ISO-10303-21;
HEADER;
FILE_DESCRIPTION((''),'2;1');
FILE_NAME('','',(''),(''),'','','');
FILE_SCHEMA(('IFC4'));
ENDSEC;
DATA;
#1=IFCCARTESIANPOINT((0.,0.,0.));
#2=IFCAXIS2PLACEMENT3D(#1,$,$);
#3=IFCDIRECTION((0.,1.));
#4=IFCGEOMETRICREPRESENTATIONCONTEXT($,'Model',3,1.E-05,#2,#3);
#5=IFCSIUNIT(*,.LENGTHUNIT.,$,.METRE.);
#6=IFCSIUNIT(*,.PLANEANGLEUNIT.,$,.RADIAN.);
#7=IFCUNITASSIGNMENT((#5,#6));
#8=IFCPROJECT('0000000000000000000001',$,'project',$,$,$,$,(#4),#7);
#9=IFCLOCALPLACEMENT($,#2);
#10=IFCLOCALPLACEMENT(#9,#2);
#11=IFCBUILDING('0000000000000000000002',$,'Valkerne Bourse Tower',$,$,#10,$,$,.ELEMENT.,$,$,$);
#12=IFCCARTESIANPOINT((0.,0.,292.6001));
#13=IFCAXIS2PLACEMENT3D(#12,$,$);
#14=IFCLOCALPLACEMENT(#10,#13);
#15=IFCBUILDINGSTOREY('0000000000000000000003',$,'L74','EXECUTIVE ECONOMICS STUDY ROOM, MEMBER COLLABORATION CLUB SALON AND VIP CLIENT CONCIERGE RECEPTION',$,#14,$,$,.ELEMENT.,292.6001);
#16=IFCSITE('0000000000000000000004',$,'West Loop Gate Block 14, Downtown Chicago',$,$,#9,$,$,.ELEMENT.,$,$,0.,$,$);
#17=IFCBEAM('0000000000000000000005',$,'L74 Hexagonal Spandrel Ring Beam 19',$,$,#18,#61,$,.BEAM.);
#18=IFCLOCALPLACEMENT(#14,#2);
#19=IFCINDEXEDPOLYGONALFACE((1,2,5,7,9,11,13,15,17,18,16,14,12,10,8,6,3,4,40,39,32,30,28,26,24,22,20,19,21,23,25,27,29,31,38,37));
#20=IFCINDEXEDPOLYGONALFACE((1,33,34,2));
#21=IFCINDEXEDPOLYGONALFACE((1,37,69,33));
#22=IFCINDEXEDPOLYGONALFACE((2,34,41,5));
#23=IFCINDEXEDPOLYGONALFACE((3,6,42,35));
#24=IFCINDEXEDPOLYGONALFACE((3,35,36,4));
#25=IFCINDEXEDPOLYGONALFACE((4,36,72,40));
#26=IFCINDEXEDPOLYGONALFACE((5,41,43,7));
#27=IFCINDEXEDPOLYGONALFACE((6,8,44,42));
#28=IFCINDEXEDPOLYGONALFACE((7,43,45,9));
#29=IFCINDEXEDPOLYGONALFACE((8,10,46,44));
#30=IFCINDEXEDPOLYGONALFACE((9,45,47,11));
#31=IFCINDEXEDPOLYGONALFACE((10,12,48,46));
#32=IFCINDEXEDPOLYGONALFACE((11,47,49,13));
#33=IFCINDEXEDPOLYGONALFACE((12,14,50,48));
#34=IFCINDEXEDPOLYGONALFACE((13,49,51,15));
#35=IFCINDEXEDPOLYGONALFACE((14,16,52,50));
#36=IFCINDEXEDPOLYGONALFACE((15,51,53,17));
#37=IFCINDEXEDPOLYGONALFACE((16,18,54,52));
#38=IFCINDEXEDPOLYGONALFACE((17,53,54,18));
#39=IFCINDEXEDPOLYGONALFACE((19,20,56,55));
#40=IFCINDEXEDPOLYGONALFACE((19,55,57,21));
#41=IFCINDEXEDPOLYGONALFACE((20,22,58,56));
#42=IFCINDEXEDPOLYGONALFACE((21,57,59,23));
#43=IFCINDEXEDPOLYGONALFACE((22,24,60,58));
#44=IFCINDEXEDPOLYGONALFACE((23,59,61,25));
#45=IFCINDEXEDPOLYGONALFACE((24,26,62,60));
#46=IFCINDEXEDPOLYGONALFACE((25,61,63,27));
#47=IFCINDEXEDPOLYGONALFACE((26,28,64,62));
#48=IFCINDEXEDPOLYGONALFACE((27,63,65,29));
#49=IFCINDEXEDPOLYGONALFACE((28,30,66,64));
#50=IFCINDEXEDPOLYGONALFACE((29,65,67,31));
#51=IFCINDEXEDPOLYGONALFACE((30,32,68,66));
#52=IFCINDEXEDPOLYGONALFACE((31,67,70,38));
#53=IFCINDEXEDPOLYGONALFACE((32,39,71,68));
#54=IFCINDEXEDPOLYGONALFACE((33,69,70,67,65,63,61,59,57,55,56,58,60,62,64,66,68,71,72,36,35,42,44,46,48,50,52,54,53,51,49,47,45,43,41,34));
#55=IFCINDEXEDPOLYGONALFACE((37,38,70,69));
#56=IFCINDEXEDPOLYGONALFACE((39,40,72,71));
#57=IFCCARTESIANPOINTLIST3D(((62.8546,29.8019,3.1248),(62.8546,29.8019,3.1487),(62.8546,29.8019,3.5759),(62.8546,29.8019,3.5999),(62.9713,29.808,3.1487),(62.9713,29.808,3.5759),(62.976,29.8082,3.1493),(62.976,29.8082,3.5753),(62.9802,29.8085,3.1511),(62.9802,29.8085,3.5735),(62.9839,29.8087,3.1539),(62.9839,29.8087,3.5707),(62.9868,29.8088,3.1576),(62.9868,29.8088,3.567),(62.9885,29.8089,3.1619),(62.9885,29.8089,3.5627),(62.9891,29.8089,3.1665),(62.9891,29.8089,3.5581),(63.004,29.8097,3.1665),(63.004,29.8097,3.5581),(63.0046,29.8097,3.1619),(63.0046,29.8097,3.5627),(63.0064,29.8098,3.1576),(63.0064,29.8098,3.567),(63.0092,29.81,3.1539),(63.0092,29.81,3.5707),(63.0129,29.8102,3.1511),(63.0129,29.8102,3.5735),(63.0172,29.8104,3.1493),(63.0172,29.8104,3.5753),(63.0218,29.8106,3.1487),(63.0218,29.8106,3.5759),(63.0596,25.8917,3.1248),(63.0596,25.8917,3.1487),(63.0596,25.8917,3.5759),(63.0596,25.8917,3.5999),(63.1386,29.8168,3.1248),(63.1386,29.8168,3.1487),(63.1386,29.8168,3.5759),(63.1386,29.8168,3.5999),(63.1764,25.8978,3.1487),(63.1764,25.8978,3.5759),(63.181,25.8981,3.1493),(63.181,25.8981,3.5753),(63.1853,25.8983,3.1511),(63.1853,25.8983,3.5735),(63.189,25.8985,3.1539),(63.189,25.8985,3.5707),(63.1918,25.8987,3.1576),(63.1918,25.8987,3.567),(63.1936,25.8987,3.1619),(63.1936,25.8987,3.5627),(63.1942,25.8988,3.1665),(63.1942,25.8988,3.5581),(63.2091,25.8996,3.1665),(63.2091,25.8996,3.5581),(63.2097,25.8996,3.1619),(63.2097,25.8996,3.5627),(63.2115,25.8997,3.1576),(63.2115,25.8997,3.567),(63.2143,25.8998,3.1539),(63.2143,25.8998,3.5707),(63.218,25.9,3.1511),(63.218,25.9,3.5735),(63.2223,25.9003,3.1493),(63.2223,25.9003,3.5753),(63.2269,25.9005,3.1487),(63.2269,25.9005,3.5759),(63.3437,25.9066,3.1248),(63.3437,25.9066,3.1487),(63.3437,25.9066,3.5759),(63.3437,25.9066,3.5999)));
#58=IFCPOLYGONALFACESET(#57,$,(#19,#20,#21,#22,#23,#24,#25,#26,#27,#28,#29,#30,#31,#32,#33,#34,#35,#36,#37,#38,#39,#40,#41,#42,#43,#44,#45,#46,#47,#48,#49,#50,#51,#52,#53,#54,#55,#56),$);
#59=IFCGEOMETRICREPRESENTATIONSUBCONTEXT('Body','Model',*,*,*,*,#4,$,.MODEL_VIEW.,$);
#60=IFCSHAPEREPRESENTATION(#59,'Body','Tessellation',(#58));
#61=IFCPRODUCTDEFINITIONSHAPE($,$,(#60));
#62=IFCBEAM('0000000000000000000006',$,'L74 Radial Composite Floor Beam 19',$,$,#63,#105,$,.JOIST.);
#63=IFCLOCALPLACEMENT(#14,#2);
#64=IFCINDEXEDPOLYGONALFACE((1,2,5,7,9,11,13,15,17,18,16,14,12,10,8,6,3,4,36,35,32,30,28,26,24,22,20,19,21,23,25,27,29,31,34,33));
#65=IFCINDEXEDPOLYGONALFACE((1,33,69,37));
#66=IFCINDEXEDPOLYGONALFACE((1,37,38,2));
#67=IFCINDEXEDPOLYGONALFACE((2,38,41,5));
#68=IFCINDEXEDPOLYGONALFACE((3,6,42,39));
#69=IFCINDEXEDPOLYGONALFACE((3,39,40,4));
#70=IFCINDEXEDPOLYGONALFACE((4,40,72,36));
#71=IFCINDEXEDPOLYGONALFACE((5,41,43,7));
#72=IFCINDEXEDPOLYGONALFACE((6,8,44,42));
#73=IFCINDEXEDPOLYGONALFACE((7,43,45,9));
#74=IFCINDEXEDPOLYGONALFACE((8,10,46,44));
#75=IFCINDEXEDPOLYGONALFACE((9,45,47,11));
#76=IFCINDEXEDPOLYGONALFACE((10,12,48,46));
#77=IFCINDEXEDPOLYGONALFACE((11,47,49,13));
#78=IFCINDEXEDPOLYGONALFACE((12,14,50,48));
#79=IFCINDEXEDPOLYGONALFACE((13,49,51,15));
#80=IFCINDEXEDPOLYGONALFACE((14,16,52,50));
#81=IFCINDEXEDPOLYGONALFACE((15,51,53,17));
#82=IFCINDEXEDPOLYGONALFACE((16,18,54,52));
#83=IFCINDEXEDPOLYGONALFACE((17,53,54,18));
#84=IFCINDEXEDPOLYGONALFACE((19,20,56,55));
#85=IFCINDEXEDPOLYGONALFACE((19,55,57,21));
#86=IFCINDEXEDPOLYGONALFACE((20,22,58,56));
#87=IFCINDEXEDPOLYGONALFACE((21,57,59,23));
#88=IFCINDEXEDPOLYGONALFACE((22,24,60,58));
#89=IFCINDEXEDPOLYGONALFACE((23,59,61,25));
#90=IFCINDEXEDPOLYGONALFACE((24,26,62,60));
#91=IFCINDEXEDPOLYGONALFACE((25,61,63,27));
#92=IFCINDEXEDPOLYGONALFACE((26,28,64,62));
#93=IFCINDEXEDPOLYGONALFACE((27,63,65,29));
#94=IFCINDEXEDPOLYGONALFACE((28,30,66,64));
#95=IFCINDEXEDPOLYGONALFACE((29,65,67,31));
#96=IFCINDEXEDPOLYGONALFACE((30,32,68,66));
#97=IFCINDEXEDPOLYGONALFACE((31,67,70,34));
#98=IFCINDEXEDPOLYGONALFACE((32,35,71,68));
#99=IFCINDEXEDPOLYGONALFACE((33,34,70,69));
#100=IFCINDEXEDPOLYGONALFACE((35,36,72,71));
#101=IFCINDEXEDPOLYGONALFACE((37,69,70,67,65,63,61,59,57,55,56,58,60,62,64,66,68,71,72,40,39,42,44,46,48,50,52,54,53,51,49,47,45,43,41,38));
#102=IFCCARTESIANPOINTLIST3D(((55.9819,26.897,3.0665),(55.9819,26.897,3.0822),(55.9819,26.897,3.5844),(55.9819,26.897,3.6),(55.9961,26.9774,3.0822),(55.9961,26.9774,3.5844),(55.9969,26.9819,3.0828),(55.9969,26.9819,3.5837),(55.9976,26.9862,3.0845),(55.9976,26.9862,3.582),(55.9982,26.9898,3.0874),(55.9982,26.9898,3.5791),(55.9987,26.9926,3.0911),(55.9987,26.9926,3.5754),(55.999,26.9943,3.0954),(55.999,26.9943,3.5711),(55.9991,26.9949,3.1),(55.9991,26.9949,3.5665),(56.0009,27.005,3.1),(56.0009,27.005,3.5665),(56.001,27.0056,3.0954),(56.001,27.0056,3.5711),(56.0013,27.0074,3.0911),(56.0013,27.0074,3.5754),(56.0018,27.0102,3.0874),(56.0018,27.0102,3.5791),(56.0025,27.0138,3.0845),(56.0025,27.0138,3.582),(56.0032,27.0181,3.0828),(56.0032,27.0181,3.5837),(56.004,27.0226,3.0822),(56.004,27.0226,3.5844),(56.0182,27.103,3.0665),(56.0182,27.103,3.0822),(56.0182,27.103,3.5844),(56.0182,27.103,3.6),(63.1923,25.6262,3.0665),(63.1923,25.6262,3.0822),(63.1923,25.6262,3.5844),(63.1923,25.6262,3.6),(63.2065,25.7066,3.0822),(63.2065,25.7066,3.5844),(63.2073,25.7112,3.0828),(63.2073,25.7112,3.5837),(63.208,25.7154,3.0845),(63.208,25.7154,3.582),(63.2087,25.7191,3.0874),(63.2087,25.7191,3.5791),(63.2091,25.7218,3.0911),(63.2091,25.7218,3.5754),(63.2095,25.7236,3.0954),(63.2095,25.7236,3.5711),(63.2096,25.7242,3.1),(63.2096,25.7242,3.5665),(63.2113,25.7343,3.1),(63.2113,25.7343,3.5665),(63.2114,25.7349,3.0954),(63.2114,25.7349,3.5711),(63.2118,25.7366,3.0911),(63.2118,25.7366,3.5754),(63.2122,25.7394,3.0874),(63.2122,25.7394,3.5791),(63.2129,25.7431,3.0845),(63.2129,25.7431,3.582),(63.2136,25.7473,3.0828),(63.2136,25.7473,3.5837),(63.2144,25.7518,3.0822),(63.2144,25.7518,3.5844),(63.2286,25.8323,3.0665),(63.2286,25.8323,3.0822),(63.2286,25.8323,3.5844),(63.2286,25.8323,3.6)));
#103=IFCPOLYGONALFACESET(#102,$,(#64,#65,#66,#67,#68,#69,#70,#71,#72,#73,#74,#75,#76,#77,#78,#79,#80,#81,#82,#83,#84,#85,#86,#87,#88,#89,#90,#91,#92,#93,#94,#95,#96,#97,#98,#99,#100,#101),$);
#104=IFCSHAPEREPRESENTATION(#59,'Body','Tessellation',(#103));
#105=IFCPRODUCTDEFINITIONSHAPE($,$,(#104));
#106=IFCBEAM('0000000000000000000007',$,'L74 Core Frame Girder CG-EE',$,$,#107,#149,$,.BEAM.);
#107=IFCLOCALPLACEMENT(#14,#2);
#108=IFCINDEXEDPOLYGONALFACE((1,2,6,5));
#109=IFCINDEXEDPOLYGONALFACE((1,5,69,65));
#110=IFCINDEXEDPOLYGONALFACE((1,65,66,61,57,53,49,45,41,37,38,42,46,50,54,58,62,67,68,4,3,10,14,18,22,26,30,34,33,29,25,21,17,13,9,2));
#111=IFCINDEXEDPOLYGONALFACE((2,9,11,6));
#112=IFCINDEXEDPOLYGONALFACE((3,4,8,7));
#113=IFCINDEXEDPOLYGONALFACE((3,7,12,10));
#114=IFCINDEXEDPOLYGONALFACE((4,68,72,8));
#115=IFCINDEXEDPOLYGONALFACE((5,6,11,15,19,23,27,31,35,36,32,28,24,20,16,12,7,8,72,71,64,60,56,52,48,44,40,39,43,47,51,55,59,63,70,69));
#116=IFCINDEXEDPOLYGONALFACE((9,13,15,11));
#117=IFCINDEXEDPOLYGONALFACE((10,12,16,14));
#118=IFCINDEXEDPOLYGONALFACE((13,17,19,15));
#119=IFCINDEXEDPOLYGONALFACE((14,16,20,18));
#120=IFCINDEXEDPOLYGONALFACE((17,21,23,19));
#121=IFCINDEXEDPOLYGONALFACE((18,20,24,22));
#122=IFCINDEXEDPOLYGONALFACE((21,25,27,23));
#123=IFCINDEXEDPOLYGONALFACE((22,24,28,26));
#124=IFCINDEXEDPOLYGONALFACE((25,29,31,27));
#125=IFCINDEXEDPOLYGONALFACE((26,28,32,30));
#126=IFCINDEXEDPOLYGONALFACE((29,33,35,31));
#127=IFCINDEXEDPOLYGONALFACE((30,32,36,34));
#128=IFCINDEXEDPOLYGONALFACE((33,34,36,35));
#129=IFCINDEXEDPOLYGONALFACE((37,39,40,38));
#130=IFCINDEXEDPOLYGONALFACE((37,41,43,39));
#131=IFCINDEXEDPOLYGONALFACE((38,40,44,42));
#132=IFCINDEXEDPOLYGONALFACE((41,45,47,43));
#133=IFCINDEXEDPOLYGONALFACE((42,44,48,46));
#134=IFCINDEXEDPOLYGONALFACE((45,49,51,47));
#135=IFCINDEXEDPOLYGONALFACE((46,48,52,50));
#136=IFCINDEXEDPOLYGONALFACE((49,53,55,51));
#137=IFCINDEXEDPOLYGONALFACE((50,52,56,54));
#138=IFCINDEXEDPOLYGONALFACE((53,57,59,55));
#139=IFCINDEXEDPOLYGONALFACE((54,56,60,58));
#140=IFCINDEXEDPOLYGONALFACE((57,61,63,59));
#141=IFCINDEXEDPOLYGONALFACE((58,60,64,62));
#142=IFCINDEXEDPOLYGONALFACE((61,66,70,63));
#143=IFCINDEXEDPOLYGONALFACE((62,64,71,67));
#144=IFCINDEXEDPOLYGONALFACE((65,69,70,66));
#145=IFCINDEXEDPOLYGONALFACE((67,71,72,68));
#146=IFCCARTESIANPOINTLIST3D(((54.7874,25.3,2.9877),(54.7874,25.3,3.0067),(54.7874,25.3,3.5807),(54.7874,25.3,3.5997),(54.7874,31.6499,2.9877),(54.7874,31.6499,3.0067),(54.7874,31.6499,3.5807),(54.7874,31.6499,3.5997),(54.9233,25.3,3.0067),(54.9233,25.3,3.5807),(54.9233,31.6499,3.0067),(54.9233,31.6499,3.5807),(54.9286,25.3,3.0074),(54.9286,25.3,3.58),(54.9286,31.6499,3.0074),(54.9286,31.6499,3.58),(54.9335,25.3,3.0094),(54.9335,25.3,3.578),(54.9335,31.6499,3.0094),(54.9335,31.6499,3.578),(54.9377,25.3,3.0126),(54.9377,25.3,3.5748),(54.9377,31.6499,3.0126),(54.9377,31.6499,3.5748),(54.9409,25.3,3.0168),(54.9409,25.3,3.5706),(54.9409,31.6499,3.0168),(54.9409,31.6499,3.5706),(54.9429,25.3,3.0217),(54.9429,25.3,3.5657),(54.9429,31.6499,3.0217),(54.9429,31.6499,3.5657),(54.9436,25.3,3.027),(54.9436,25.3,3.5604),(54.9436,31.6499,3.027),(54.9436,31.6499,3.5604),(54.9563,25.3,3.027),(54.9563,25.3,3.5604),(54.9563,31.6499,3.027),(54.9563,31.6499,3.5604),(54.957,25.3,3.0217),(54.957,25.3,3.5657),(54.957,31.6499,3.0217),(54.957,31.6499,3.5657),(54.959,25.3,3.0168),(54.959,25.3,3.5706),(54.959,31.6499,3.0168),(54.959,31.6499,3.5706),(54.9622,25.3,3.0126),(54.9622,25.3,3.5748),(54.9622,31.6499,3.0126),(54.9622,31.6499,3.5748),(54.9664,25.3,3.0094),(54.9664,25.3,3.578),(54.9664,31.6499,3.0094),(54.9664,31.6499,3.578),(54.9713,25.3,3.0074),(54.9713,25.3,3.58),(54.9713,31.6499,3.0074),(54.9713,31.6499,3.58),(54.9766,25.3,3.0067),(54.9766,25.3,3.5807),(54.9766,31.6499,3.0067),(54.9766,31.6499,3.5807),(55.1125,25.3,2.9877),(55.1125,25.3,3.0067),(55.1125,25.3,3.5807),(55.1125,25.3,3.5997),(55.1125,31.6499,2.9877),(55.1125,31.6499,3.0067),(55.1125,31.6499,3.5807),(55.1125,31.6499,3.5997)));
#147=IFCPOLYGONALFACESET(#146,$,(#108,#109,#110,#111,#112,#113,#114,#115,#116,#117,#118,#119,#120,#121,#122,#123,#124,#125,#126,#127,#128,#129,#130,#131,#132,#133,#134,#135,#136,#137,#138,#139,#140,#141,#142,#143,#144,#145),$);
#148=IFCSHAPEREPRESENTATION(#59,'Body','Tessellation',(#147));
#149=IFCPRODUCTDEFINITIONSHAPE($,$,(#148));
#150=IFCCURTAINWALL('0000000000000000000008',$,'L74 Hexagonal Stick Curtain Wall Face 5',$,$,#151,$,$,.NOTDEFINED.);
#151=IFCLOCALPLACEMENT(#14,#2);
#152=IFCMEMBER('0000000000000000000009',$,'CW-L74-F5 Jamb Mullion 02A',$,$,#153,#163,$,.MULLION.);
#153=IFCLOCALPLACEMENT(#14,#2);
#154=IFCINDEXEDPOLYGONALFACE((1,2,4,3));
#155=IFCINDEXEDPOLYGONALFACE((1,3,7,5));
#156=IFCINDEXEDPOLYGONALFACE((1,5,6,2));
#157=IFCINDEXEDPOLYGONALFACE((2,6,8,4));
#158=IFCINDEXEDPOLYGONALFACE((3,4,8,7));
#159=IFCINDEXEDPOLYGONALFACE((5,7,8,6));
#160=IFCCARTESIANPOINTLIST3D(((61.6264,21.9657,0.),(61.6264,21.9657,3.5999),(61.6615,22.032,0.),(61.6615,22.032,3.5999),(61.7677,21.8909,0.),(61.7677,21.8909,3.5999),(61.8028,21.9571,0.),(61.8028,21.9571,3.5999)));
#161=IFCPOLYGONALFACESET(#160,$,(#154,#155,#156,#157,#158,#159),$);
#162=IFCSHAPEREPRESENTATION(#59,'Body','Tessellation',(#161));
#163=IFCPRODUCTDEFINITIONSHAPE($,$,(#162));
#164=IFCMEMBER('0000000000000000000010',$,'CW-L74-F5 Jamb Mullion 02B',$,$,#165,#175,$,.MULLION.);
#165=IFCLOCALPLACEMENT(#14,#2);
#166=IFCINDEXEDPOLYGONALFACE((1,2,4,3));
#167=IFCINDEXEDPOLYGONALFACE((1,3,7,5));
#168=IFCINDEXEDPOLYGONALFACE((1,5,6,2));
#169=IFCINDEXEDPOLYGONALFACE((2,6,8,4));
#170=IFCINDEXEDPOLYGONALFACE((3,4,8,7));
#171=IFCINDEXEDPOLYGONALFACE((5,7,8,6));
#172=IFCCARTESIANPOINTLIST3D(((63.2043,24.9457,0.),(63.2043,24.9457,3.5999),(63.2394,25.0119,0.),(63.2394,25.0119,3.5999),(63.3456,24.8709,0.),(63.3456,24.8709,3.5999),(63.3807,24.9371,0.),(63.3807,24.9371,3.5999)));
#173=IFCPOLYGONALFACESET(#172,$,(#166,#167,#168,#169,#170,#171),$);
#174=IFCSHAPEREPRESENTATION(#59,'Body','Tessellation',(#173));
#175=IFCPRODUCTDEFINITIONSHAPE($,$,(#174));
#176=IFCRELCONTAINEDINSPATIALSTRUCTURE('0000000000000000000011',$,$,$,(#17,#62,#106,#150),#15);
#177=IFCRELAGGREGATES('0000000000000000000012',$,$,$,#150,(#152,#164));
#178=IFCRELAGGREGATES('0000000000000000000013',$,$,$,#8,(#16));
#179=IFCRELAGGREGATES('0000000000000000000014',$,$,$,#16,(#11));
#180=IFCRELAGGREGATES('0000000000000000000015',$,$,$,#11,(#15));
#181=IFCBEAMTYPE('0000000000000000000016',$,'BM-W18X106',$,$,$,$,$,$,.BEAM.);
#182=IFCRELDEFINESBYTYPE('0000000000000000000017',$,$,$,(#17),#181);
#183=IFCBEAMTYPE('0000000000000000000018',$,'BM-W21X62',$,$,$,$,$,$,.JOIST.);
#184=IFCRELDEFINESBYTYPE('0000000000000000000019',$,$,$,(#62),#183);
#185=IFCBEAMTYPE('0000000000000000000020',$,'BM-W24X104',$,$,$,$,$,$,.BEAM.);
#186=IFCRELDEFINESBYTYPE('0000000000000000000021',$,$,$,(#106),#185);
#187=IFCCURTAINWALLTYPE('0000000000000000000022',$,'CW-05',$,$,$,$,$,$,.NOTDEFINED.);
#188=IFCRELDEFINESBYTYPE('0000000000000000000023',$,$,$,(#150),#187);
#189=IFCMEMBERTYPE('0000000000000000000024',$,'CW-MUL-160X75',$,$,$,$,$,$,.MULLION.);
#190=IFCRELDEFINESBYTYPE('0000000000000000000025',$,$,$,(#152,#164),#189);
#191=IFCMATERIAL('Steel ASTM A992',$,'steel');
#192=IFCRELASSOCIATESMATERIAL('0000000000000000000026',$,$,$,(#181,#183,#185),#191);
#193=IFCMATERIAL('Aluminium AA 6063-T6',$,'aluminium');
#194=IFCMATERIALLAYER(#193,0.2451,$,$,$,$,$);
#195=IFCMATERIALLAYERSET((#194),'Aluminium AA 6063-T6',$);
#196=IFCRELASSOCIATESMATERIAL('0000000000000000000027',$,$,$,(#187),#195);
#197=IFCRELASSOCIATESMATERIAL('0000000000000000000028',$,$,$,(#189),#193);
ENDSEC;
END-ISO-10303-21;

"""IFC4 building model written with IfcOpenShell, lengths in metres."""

from ifc_helpers import new_model, si_unit, direction, frame, origin, origin_2d, place, context, subcontext, project, spatial, rectangle, i_section, extrude, material, layer, layer_set, material_profile, profile_set, type_object, element, aggregate, save


model = new_model("IFC4")

# Units and contexts
model_context = context("Model", 3, precision=1e-05, world=origin(), true_north=direction((0.0, 1.0)))
body_context = subcontext(model_context, "Body", "Model", "MODEL_VIEW")
ifc_project = project(units=[si_unit("LENGTHUNIT", "METRE"), si_unit("PLANEANGLEUNIT", "RADIAN")], contexts=[model_context])

# Site, building, storey
site_placement = place(None, origin())
site = spatial("IfcSite", under=ifc_project, at=site_placement, Name="West Loop Gate Block 14, Downtown Chicago", CompositionType="ELEMENT", RefElevation=0.0)
building_placement = place(site_placement, origin())
building = spatial("IfcBuilding", under=site, at=building_placement, Name="Valkerne Bourse Tower", CompositionType="ELEMENT")
storey_placement = place(building_placement, frame((0.0, 0.0, 292.6001)))
storey = spatial("IfcBuildingStorey", under=building, at=storey_placement, Name="L74", Description="EXECUTIVE ECONOMICS STUDY ROOM, MEMBER COLLABORATION CLUB SALON AND VIP CLIENT CONCIERGE RECEPTION", CompositionType="ELEMENT", Elevation=292.6001)

# Beams
ifc_material_1 = material(Name="Steel ASTM A992", Category="steel")
ifc_material_profile_1 = material_profile(ifc_material_1, i_section(OverallWidth=0.2844, OverallDepth=0.4751, WebThickness=0.0149, FlangeThickness=0.0239, FilletRadius=0.0178, at=origin_2d()), Name="W18X106")
ifc_profile_set_1 = profile_set([ifc_material_profile_1], Name="Steel ASTM A992")
beam_type_1 = type_object("IfcBeamType", Name="BM-W18X106", PredefinedType="BEAM", material=ifc_profile_set_1)
beam_1_placement = place(storey_placement, frame((63.2017, 25.8992, 3.3623), z_axis=(-0.052376, 0.998627, 0.0), x_axis=(-0.998627, -0.052376, 0.0)))
element("IfcBeam", 1, at=beam_1_placement, inside=storey, type_object=beam_type_1, Name="L74 Hexagonal Spandrel Ring Beam 19", PredefinedType="BEAM", context=body_context, shape_type="SweptSolid", body=[
    extrude(i_section(OverallWidth=0.2844, OverallDepth=0.4751, WebThickness=0.0149, FlangeThickness=0.0239, FilletRadius=0.0178, at=origin_2d()), origin(), (0.0, 0.0, 1.0), 3.9155),
])
ifc_material_profile_2 = material_profile(ifc_material_1, i_section(OverallWidth=0.2092, OverallDepth=0.5334, WebThickness=0.0103, FlangeThickness=0.0156, FilletRadius=0.0178, at=origin_2d()), Name="W21X62")
ifc_profile_set_2 = profile_set([ifc_material_profile_2], Name="Steel ASTM A992")
beam_type_2 = type_object("IfcBeamType", Name="BM-W21X62", PredefinedType="JOIST", material=ifc_profile_set_2)
beam_2_placement = place(storey_placement, frame((63.2104, 25.7292, 3.3333), z_axis=(-0.984823, 0.173563, 0.0), x_axis=(-0.173563, -0.984823, 0.0)))
element("IfcBeam", 2, at=beam_2_placement, inside=storey, type_object=beam_type_2, Name="L74 Radial Composite Floor Beam 19", PredefinedType="JOIST", context=body_context, shape_type="SweptSolid", body=[
    extrude(i_section(OverallWidth=0.2092, OverallDepth=0.5334, WebThickness=0.0103, FlangeThickness=0.0156, FilletRadius=0.0178, at=origin_2d()), origin(), (0.0, 0.0, 1.0), 7.3215),
])
ifc_material_profile_3 = material_profile(ifc_material_1, i_section(OverallWidth=0.3252, OverallDepth=0.6121, WebThickness=0.0127, FlangeThickness=0.019, FilletRadius=0.0203, at=origin_2d()), Name="W24X104")
ifc_profile_set_3 = profile_set([ifc_material_profile_3], Name="Steel ASTM A992")
beam_type_3 = type_object("IfcBeamType", Name="BM-W24X104", PredefinedType="BEAM", material=ifc_profile_set_3)
beam_3_placement = place(storey_placement, frame((54.95, 25.3, 3.2937), z_axis=(0.0, 1.0, 0.0), x_axis=(-1.0, 0.0, 0.0)))
element("IfcBeam", 3, at=beam_3_placement, inside=storey, type_object=beam_type_3, Name="L74 Core Frame Girder CG-EE", PredefinedType="BEAM", context=body_context, shape_type="SweptSolid", body=[
    extrude(i_section(OverallWidth=0.3252, OverallDepth=0.6121, WebThickness=0.0127, FlangeThickness=0.019, FilletRadius=0.0203, at=origin_2d()), origin(), (0.0, 0.0, 1.0), 6.3499),
])

# Curtain wall, members
ifc_material_2 = material(Name="Aluminium AA 6063-T6", Category="aluminium")
ifc_layer_1 = layer(ifc_material_2, 0.2451)
ifc_layer_set_1 = layer_set([ifc_layer_1], Name="Aluminium AA 6063-T6")
curtain_wall_type = type_object("IfcCurtainWallType", Name="CW-05", PredefinedType="NOTDEFINED", material=ifc_layer_set_1)
curtain_wall_placement = place(storey_placement, origin())
curtain_wall = element("IfcCurtainWall", 4, at=curtain_wall_placement, inside=storey, type_object=curtain_wall_type, Name="L74 Hexagonal Stick Curtain Wall Face 5", PredefinedType="NOTDEFINED")
ifc_material_profile_4 = material_profile(ifc_material_2, rectangle(XDim=0.075, YDim=0.1599, at=origin_2d()), Name="CWM-75X160")
ifc_profile_set_4 = profile_set([ifc_material_profile_4], Name="Aluminium AA 6063-T6")
member_type_1 = type_object("IfcMemberType", Name="CW-MUL-160X75", PredefinedType="MULLION", material=ifc_profile_set_4)
member_1_placement = place(storey_placement, frame((61.7146, 21.9614, 0.0), z_axis=(0.0, 0.0, 1.0), x_axis=(0.467928, 0.883767, 0.0)))
member_1 = element("IfcMember", 5, at=member_1_placement, type_object=member_type_1, Name="CW-L74-F5 Jamb Mullion 02A", PredefinedType="MULLION", context=body_context, shape_type="SweptSolid", body=[
    extrude(rectangle(XDim=0.075, YDim=0.1599, at=origin_2d()), origin(), (0.0, 0.0, 1.0), 3.5999),
])
member_2_placement = place(storey_placement, frame((63.2925, 24.9414, 0.0), z_axis=(0.0, 0.0, 1.0), x_axis=(0.467928, 0.883767, 0.0)))
member_2 = element("IfcMember", 6, at=member_2_placement, type_object=member_type_1, Name="CW-L74-F5 Jamb Mullion 02B", PredefinedType="MULLION", context=body_context, shape_type="SweptSolid", body=[
    extrude(rectangle(XDim=0.075, YDim=0.1599, at=origin_2d()), origin(), (0.0, 0.0, 1.0), 3.5999),
])

aggregate(curtain_wall, [member_1, member_2])

save(model, "model.ifc")
